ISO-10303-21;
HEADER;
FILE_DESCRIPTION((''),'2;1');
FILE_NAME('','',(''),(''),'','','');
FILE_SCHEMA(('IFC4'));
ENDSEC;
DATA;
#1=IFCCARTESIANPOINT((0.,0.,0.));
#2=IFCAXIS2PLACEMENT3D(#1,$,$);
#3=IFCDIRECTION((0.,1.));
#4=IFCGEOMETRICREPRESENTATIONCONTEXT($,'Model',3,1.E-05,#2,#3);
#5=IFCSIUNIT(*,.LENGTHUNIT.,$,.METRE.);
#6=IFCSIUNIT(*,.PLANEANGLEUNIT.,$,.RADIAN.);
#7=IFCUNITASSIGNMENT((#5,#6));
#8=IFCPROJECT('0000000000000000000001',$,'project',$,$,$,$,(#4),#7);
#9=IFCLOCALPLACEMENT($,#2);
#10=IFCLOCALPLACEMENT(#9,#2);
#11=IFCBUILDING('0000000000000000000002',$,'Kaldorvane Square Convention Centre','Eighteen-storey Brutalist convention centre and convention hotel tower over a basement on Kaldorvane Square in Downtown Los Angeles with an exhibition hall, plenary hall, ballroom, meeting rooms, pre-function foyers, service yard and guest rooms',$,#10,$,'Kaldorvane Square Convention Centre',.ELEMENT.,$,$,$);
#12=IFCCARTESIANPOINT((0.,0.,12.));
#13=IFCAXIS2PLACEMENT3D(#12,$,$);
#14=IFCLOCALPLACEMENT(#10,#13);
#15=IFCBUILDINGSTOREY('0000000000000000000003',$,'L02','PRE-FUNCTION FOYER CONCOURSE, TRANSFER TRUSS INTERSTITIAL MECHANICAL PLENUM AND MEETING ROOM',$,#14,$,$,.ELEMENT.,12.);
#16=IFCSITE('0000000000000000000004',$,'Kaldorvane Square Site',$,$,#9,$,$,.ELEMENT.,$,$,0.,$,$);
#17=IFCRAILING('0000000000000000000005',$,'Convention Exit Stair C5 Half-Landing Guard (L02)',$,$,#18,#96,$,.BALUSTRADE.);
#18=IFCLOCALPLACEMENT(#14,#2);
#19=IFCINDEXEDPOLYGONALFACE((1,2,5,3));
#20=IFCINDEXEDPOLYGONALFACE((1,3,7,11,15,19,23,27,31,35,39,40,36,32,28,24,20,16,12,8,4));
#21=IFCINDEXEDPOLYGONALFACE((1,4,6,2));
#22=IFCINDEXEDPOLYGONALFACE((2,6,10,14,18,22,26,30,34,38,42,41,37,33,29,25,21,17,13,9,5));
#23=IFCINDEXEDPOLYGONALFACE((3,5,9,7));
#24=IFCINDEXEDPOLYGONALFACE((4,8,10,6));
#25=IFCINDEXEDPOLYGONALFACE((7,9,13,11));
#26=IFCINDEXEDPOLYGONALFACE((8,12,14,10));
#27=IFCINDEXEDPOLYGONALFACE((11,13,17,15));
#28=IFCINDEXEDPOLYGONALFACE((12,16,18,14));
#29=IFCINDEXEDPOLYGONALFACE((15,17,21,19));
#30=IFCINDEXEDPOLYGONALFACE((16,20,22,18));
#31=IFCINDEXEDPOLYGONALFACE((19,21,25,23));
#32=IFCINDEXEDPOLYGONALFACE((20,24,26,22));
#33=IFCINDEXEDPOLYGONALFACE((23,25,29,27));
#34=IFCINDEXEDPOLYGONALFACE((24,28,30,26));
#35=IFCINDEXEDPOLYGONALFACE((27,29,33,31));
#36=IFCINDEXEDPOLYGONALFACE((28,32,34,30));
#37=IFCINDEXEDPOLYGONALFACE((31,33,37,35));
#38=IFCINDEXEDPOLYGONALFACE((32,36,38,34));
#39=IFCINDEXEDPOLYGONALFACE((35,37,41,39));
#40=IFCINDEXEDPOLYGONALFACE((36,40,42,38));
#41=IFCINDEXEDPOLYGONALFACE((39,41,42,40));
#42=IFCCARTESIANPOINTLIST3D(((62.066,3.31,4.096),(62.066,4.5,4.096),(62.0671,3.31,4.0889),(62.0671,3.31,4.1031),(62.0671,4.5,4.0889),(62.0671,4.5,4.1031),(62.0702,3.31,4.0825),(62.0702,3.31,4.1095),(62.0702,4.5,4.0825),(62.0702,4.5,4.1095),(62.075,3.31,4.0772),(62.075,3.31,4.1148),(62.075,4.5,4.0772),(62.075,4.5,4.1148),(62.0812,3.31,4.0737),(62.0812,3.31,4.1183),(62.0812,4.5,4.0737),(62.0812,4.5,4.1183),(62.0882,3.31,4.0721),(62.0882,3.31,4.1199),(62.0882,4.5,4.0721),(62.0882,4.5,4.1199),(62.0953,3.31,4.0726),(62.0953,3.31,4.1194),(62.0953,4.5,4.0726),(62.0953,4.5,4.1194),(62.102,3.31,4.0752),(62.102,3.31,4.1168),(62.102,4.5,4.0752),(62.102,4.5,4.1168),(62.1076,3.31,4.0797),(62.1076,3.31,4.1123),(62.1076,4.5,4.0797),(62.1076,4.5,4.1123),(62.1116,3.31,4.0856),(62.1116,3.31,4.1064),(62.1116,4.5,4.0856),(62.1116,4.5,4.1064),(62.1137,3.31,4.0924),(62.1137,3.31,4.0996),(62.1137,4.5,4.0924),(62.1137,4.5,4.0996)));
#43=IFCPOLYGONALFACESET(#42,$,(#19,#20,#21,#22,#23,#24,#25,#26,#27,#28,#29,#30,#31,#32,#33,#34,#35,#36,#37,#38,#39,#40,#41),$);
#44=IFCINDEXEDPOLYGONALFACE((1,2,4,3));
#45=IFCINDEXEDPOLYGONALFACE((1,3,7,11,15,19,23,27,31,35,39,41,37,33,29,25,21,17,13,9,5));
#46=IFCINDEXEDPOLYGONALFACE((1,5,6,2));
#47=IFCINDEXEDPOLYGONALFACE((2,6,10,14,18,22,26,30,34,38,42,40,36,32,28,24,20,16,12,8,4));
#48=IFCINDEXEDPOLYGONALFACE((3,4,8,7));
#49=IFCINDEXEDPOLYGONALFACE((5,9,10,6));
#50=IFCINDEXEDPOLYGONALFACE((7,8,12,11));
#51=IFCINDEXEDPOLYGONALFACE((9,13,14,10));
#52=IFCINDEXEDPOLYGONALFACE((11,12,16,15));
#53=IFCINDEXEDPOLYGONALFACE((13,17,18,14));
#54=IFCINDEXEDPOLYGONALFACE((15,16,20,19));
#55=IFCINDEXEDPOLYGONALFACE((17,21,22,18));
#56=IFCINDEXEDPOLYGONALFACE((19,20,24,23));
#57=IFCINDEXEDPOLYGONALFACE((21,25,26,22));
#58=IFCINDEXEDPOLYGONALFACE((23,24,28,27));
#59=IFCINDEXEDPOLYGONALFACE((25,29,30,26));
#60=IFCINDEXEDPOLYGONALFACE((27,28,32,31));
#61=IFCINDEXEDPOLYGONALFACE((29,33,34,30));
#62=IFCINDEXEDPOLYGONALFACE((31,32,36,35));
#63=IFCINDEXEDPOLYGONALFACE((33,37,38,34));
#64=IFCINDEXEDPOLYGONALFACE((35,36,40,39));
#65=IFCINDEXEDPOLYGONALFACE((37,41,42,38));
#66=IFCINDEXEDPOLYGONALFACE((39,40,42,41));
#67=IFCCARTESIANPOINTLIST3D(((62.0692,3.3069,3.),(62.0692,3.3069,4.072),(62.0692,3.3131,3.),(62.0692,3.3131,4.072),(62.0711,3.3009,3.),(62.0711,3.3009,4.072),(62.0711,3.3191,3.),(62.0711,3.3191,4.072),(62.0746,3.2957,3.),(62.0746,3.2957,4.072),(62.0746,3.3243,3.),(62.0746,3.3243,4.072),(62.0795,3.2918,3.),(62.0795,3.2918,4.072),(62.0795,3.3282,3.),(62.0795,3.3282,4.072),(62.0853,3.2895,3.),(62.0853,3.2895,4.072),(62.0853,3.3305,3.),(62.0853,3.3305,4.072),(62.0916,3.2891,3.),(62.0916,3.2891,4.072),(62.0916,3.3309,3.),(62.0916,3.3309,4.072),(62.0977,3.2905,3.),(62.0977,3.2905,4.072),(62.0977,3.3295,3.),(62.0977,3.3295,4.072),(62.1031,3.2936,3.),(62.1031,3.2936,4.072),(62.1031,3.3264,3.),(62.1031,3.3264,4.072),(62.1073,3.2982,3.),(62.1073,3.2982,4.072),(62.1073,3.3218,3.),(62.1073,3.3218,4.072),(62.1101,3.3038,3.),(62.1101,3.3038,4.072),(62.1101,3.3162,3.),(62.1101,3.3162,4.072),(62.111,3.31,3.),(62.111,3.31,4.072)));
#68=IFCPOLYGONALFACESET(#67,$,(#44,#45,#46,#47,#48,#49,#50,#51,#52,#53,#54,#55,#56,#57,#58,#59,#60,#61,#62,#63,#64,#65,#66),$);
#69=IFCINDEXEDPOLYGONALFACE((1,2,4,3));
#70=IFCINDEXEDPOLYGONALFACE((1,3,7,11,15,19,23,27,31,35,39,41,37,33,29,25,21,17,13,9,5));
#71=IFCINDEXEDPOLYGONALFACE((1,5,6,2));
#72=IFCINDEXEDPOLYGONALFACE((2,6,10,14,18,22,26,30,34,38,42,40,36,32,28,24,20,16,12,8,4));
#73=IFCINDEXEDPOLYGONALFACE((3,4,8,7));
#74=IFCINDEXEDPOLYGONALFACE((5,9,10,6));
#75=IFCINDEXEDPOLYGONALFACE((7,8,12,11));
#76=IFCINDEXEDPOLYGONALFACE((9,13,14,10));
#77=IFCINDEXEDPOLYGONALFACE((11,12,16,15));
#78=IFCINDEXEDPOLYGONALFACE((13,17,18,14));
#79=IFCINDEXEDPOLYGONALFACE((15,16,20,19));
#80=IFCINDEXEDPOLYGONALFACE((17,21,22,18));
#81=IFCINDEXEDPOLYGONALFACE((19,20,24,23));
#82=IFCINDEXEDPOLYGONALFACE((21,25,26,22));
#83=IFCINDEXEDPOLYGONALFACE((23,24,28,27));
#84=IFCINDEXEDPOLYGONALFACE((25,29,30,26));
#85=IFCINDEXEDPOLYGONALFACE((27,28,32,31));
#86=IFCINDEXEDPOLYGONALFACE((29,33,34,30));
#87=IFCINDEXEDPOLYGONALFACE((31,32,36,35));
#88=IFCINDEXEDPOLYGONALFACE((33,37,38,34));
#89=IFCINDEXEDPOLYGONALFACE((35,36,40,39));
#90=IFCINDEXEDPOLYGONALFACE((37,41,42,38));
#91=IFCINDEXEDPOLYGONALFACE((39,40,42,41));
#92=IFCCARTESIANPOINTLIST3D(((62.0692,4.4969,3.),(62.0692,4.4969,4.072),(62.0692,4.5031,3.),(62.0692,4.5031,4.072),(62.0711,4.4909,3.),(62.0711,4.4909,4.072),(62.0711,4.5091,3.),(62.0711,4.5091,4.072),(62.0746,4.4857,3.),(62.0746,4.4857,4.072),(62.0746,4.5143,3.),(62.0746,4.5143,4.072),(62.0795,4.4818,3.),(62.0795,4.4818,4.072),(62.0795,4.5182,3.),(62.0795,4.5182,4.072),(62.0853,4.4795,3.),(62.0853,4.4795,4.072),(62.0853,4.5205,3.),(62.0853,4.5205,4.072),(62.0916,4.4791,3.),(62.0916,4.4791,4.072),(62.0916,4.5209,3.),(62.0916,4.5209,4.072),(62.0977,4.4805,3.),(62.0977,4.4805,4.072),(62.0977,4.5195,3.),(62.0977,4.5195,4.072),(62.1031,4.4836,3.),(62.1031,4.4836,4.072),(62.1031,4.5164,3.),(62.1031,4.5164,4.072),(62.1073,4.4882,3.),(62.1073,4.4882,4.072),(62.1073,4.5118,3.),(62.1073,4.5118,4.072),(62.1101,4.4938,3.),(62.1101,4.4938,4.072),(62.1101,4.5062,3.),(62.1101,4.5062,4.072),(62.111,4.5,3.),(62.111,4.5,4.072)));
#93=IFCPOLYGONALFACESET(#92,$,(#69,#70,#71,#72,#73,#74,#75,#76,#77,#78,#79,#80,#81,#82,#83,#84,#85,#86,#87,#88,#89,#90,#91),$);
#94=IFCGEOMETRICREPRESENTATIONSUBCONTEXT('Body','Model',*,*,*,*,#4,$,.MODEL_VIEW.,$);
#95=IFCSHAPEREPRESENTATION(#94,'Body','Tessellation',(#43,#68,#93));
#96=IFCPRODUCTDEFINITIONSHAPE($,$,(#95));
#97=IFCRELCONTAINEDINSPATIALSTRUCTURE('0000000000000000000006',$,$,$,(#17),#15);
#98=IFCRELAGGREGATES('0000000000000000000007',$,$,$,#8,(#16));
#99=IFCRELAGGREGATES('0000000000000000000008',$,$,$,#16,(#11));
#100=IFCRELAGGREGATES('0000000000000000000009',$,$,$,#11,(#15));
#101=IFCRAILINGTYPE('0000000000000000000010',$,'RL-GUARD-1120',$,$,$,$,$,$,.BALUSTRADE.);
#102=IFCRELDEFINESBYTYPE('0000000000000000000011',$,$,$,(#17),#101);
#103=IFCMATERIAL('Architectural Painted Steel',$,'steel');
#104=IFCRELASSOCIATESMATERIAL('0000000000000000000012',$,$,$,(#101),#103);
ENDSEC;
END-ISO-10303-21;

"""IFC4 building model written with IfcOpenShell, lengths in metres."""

from ifc_helpers import new_model, si_unit, direction, frame, origin, origin_2d, place, context, subcontext, project, spatial, circle, extrude, material, type_object, element, save


model = new_model("IFC4")

# Units and contexts
model_context = context("Model", 3, precision=1e-05, world=origin(), true_north=direction((0.0, 1.0)))
body_context = subcontext(model_context, "Body", "Model", "MODEL_VIEW")
ifc_project = project(units=[si_unit("LENGTHUNIT", "METRE"), si_unit("PLANEANGLEUNIT", "RADIAN")], contexts=[model_context])

# Site, building, storey
site_placement = place(None, origin())
site = spatial("IfcSite", under=ifc_project, at=site_placement, Name="Kaldorvane Square Site", CompositionType="ELEMENT", RefElevation=0.0)
building_placement = place(site_placement, origin())
building = spatial("IfcBuilding", under=site, at=building_placement, Name="Kaldorvane Square Convention Centre", Description="Eighteen-storey Brutalist convention centre and convention hotel tower over a basement on Kaldorvane Square in Downtown Los Angeles with an exhibition hall, plenary hall, ballroom, meeting rooms, pre-function foyers, service yard and guest rooms", LongName="Kaldorvane Square Convention Centre", CompositionType="ELEMENT")
storey_placement = place(building_placement, frame((0.0, 0.0, 12.0)))
storey = spatial("IfcBuildingStorey", under=building, at=storey_placement, Name="L02", Description="PRE-FUNCTION FOYER CONCOURSE, TRANSFER TRUSS INTERSTITIAL MECHANICAL PLENUM AND MEETING ROOM", CompositionType="ELEMENT", Elevation=12.0)

# Railing
ifc_material_1 = material(Name="Architectural Painted Steel", Category="steel")
railing_type_1 = type_object("IfcRailingType", Name="RL-GUARD-1120", PredefinedType="BALUSTRADE", material=ifc_material_1)
for number, where, name in (
    (1, (62.09, 3.31, 3.0), "Convention Exit Stair C5 Half-Landing Guard (L02)"),
):
    element("IfcRailing", number, at=place(storey_placement, frame(where)), inside=storey, type_object=railing_type_1, Name=name, PredefinedType="BALUSTRADE", context=body_context, shape_type="SweptSolid", body=[
        extrude(circle(Radius=0.024, at=origin_2d()), frame((0.0, 0.0, 1.096), z_axis=(0.0, 1.0, 0.0), x_axis=(-1.0, 0.0, 0.0)), (0.0, 0.0, 1.0), 1.19),
        extrude(circle(Radius=0.021, at=origin_2d()), origin(), (0.0, 0.0, 1.0), 1.072),
        extrude(circle(Radius=0.021, at=origin_2d()), frame((0.0, 1.19, 0.0)), (0.0, 0.0, 1.0), 1.072),
    ])

save(model, "model.ifc")
